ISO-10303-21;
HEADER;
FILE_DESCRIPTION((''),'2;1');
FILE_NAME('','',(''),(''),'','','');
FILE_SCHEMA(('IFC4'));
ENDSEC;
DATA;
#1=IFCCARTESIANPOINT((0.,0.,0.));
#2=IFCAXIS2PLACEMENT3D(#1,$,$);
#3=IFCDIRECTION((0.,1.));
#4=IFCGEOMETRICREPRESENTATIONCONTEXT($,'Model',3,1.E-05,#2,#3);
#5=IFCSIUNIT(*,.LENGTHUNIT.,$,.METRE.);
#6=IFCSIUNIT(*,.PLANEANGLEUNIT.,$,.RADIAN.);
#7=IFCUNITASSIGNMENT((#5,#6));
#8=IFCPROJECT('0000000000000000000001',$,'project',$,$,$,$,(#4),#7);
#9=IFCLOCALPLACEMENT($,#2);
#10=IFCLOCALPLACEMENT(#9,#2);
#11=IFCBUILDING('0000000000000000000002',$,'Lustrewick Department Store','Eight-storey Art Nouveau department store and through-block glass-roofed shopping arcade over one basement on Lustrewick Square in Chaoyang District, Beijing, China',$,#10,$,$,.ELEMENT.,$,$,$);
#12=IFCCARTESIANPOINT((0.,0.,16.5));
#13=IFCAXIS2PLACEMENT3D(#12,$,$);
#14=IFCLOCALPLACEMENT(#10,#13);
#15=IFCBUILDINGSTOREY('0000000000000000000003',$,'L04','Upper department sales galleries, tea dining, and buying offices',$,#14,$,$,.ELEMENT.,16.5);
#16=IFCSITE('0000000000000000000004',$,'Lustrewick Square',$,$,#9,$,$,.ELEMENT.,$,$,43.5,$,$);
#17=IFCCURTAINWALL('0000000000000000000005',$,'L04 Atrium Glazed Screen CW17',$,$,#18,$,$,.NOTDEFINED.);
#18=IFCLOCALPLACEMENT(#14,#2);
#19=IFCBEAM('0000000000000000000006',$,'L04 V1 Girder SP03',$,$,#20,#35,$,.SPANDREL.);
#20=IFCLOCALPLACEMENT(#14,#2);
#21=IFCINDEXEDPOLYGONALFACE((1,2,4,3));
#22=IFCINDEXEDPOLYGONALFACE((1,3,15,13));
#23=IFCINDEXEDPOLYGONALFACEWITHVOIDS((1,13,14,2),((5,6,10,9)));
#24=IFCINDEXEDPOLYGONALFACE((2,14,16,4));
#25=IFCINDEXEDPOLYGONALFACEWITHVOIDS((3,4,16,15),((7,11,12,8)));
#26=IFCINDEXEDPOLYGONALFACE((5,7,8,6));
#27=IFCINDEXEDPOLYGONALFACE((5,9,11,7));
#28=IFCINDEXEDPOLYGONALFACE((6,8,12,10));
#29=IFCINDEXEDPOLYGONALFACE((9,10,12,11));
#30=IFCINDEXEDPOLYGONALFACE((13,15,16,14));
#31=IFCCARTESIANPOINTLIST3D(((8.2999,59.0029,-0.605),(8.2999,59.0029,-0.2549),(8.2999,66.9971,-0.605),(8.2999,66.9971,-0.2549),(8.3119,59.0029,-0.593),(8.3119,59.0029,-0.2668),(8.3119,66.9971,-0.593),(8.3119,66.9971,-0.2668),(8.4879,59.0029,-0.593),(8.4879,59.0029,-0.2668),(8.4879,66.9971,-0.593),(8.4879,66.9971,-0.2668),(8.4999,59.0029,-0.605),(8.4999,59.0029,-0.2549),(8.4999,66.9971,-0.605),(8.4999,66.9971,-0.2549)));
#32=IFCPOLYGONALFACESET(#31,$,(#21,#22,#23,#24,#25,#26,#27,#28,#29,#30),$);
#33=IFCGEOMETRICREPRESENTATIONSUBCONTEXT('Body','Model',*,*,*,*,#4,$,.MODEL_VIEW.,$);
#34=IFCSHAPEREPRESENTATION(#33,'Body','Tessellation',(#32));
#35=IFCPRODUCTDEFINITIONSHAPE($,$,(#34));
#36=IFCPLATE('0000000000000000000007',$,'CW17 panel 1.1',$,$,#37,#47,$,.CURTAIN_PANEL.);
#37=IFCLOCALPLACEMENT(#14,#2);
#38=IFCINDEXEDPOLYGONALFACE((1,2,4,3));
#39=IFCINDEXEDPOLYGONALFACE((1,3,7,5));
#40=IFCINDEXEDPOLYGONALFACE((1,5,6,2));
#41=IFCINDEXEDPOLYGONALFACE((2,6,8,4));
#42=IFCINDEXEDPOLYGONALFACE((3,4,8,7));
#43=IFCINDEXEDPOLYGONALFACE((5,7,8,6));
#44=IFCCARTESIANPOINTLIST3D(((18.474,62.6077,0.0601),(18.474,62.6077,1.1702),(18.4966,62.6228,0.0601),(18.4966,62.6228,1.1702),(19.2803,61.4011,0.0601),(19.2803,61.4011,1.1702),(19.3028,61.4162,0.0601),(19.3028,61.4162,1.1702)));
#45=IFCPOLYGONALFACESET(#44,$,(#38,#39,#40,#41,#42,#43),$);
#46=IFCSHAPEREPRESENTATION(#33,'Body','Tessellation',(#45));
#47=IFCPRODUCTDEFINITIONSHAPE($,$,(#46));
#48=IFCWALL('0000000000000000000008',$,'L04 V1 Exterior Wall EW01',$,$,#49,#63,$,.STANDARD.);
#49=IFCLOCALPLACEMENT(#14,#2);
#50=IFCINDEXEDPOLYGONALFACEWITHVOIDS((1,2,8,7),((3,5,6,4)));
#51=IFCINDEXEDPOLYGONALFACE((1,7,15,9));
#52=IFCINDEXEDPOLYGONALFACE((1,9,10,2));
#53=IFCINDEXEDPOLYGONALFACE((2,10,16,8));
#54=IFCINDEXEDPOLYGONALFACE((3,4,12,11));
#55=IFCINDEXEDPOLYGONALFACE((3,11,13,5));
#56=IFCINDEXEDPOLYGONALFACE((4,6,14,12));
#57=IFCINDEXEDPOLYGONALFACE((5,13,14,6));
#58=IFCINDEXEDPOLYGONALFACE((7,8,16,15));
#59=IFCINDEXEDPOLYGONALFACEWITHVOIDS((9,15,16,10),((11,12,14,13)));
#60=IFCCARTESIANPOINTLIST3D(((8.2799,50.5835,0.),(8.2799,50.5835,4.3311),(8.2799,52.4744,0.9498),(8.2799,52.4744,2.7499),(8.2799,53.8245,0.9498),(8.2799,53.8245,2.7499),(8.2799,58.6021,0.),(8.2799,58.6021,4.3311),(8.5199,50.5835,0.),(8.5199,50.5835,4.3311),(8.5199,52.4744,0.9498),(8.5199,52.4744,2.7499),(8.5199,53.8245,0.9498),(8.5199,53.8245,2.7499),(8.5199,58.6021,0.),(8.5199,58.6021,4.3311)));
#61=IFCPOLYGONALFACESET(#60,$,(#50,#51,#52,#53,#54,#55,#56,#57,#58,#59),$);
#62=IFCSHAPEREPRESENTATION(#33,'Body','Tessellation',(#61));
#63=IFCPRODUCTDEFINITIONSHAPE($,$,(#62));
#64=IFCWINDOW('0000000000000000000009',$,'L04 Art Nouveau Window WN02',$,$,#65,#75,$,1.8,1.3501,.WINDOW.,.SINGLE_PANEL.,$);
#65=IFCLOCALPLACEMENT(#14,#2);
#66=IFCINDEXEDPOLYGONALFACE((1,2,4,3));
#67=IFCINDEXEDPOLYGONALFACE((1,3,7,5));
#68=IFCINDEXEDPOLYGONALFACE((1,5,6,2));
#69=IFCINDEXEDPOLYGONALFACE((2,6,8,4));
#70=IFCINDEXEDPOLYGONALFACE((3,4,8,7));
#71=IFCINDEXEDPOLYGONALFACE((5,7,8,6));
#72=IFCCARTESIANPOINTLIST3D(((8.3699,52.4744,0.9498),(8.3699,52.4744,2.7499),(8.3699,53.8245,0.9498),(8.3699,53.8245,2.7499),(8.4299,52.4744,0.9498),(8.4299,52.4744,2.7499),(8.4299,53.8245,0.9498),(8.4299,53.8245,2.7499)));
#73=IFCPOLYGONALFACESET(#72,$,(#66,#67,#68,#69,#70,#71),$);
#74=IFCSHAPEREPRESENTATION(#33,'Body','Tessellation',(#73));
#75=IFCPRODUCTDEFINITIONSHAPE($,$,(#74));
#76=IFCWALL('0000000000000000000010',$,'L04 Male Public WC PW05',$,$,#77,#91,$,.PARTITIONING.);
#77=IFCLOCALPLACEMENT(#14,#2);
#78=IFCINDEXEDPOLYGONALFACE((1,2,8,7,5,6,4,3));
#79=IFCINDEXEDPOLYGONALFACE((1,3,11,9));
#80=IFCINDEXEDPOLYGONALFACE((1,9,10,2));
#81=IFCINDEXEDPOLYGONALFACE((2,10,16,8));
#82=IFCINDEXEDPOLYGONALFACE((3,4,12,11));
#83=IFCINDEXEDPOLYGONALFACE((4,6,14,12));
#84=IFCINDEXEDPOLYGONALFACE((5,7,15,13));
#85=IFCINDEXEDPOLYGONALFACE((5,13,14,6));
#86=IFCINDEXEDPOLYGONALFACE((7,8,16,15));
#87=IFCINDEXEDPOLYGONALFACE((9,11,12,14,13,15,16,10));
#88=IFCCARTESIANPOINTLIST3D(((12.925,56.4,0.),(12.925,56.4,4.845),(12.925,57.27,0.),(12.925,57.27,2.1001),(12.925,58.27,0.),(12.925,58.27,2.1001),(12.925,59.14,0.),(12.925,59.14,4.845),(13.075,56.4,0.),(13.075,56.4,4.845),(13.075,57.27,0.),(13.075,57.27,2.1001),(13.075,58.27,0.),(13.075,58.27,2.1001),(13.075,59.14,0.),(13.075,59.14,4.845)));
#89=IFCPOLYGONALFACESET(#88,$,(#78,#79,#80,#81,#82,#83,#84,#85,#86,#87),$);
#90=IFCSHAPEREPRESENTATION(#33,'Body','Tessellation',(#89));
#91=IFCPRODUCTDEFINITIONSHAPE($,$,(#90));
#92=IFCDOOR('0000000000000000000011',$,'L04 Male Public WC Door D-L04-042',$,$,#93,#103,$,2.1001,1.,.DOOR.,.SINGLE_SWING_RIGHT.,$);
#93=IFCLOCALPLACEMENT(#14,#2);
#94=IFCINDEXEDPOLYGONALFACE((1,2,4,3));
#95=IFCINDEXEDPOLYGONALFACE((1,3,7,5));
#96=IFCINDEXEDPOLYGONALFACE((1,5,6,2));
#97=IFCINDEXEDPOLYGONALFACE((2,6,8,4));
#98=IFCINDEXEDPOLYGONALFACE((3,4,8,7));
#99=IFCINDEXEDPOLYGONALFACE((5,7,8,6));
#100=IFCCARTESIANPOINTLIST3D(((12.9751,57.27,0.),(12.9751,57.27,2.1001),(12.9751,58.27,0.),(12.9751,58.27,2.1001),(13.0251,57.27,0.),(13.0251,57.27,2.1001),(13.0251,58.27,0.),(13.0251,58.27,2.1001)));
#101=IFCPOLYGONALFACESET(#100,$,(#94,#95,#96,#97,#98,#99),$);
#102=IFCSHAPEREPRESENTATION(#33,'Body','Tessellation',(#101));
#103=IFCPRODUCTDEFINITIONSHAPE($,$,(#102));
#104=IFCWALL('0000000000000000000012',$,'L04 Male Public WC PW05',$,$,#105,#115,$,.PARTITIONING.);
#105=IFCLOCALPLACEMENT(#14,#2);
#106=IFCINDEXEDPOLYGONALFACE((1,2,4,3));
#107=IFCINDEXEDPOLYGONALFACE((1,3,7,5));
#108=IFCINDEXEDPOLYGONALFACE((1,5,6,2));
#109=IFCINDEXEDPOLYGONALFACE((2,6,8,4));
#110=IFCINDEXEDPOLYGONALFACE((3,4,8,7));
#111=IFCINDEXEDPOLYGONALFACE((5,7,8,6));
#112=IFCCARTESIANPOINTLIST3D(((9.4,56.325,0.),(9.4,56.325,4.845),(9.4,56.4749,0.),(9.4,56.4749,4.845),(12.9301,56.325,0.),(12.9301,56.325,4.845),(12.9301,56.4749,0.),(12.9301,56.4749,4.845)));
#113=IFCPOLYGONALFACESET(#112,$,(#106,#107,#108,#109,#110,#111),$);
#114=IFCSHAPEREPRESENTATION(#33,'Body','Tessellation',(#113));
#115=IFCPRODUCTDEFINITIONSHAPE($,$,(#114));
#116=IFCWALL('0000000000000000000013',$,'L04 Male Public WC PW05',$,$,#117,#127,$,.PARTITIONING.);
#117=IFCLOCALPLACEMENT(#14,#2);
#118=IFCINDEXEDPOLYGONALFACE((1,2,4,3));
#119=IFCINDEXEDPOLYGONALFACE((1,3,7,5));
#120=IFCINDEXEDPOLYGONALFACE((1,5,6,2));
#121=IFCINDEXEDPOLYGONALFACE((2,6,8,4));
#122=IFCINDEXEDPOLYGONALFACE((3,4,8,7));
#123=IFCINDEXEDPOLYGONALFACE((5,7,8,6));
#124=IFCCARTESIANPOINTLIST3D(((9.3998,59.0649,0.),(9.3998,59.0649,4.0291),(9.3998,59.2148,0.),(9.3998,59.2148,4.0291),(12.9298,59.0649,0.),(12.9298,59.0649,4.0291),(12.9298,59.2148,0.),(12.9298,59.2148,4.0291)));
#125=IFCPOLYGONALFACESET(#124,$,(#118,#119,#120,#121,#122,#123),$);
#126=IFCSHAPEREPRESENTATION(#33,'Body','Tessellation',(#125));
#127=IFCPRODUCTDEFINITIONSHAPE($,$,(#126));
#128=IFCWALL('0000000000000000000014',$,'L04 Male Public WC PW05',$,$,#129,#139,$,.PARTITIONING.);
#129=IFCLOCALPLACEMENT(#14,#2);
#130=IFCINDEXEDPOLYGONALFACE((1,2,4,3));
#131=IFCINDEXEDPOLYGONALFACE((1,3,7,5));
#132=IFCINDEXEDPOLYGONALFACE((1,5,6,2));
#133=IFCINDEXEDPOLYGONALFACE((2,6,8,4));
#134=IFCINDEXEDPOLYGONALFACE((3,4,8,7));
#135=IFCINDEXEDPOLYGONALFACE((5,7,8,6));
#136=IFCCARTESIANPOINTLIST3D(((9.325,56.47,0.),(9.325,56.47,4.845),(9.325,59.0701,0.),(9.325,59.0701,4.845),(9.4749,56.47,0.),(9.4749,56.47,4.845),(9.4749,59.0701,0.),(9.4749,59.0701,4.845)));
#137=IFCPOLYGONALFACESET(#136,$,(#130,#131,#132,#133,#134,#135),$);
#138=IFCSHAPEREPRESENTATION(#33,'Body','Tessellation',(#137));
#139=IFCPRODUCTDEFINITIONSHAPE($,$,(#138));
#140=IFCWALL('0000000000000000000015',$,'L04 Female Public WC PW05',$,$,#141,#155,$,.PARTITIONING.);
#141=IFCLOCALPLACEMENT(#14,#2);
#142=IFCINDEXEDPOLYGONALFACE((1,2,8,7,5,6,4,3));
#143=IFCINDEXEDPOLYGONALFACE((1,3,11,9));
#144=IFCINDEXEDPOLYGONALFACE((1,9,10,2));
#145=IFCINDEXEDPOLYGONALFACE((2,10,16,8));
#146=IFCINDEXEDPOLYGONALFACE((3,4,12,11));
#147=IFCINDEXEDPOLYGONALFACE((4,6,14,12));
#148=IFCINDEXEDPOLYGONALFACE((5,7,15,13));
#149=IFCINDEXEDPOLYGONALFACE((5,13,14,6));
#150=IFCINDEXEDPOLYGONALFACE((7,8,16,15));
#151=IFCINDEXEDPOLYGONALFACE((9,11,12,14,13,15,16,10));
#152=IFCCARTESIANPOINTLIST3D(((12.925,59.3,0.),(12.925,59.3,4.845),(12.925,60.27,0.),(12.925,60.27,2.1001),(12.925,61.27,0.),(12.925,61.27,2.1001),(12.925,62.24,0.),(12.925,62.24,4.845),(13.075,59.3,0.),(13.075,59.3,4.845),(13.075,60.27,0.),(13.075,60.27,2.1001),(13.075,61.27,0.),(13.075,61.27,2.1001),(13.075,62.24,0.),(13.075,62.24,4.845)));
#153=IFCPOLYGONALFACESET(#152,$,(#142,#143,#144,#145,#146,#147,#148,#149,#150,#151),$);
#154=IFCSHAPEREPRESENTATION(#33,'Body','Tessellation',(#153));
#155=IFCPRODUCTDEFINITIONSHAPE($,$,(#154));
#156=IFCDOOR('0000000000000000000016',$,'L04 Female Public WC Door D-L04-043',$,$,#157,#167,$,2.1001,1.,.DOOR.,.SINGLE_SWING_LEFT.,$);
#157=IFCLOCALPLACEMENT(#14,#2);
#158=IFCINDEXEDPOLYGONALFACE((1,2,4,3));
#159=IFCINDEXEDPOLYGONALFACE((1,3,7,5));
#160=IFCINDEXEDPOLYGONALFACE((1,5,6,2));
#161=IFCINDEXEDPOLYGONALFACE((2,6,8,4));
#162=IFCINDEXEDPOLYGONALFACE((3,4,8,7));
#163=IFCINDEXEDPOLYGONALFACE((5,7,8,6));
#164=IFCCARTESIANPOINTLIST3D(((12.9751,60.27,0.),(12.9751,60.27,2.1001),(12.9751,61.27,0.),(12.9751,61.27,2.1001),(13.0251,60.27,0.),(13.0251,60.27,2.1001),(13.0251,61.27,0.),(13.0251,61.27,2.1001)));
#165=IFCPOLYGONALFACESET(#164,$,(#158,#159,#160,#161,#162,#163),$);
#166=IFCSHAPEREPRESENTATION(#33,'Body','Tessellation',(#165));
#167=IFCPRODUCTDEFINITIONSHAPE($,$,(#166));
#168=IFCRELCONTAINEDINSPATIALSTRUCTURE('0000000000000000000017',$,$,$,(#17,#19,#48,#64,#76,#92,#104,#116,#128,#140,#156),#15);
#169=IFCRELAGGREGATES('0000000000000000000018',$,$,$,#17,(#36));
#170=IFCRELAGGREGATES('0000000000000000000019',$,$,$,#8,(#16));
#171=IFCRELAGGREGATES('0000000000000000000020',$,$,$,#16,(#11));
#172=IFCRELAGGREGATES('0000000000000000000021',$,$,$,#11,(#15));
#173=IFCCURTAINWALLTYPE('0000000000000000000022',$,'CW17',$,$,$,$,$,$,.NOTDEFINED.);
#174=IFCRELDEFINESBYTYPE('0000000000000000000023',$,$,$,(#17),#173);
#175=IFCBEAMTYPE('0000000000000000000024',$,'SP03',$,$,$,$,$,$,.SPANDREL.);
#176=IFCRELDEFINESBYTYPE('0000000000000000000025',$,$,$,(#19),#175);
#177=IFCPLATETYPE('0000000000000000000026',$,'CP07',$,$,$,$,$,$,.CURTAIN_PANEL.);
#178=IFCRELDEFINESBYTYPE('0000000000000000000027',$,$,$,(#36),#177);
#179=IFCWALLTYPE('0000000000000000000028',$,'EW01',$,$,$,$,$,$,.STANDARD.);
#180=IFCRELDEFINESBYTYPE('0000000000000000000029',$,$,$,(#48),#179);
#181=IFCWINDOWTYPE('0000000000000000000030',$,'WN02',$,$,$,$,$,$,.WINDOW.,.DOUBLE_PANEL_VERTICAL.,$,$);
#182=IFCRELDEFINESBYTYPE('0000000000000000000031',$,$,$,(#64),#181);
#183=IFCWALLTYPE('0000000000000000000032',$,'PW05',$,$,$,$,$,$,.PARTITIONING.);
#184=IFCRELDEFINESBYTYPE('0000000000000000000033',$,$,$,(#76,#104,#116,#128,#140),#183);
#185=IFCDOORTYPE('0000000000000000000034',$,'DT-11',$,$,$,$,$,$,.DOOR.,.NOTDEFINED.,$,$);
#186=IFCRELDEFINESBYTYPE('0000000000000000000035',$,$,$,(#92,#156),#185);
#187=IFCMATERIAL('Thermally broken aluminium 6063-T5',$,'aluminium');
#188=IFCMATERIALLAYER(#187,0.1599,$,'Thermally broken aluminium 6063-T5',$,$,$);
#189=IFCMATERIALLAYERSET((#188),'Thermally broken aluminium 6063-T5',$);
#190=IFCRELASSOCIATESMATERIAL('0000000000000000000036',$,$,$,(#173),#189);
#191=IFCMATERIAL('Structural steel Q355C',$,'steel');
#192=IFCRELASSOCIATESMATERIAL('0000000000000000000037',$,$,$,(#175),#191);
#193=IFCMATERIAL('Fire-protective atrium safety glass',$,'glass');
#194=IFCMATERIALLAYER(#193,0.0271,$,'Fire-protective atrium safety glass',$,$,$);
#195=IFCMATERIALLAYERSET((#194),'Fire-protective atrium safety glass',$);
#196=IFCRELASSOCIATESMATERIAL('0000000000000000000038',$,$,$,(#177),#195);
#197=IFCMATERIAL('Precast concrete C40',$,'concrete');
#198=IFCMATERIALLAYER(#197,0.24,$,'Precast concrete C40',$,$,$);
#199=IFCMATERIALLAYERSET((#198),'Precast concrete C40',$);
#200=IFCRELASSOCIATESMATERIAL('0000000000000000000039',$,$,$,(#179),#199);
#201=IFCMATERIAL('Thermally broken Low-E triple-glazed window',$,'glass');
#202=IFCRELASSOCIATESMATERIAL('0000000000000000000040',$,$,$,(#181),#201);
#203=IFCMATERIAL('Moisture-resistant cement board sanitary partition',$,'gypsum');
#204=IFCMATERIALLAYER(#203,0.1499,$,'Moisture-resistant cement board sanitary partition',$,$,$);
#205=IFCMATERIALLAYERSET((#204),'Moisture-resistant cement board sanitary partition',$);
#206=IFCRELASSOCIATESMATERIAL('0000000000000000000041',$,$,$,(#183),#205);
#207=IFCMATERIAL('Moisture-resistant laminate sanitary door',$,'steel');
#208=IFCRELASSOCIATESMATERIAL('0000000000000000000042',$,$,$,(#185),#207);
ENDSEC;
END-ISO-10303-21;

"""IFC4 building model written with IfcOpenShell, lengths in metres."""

from ifc_helpers import new_model, si_unit, direction, frame, frame_2d, origin, origin_2d, place, context, subcontext, project, spatial, rectangle, hollow_rectangle, extrude, material, layer, layer_set, material_profile, profile_set, type_object, element, fill, aggregate, save


model = new_model("IFC4")

# Units and contexts
model_context = context("Model", 3, precision=1e-05, world=origin(), true_north=direction((0.0, 1.0)))
body_context = subcontext(model_context, "Body", "Model", "MODEL_VIEW")
ifc_project = project(units=[si_unit("LENGTHUNIT", "METRE"), si_unit("PLANEANGLEUNIT", "RADIAN")], contexts=[model_context])

# Site, building, storey
site_placement = place(None, origin())
site = spatial("IfcSite", under=ifc_project, at=site_placement, Name="Lustrewick Square", CompositionType="ELEMENT", RefElevation=43.5)
building_placement = place(site_placement, origin())
building = spatial("IfcBuilding", under=site, at=building_placement, Name="Lustrewick Department Store", Description="Eight-storey Art Nouveau department store and through-block glass-roofed shopping arcade over one basement on Lustrewick Square in Chaoyang District, Beijing, China", CompositionType="ELEMENT")
storey_placement = place(building_placement, frame((0.0, 0.0, 16.5)))
storey = spatial("IfcBuildingStorey", under=building, at=storey_placement, Name="L04", Description="Upper department sales galleries, tea dining, and buying offices", CompositionType="ELEMENT", Elevation=16.5)

# Shared definitions
ifc_material_1 = material(Name="Structural steel Q355C", Category="steel")

# Shared definitions
ifc_material_2 = material(Name="Thermally broken aluminium 6063-T5", Category="aluminium")

# Curtain wall
ifc_layer_1 = layer(ifc_material_2, 0.1599, Name="Thermally broken aluminium 6063-T5")
ifc_layer_set_1 = layer_set([ifc_layer_1], Name="Thermally broken aluminium 6063-T5")
curtain_wall_type_1 = type_object("IfcCurtainWallType", Name="CW17", PredefinedType="NOTDEFINED", material=ifc_layer_set_1)
curtain_wall_1_placement = place(storey_placement, origin())
curtain_wall_1 = element("IfcCurtainWall", 1, at=curtain_wall_1_placement, inside=storey, type_object=curtain_wall_type_1, Name="L04 Atrium Glazed Screen CW17", PredefinedType="NOTDEFINED")

# Beam
ifc_material_profile_1 = material_profile(ifc_material_1, hollow_rectangle(XDim=0.2, YDim=0.3501, WallThickness=0.012, at=origin_2d()), Name="RHS 350x200x12")
ifc_profile_set_1 = profile_set([ifc_material_profile_1], Name="Structural steel Q355C")
beam_type_1 = type_object("IfcBeamType", Name="SP03", PredefinedType="SPANDREL", material=ifc_profile_set_1)
beam_1_placement = place(storey_placement, frame((8.3999, 59.0029, -0.4299), z_axis=(0.0, 1.0, 0.0), x_axis=(-1.0, 0.0, 0.0)))
element("IfcBeam", 2, at=beam_1_placement, inside=storey, type_object=beam_type_1, Name="L04 V1 Girder SP03", PredefinedType="SPANDREL", context=body_context, shape_type="SweptSolid", body=[
    extrude(hollow_rectangle(XDim=0.2, YDim=0.3501, WallThickness=0.012, at=origin_2d()), origin(), (0.0, 0.0, 1.0), 7.9941),
])

# Plate
ifc_material_3 = material(Name="Fire-protective atrium safety glass", Category="glass")
ifc_layer_2 = layer(ifc_material_3, 0.0271, Name="Fire-protective atrium safety glass")
ifc_layer_set_2 = layer_set([ifc_layer_2], Name="Fire-protective atrium safety glass")
plate_type = type_object("IfcPlateType", Name="CP07", PredefinedType="CURTAIN_PANEL", material=ifc_layer_set_2)
plate_placement = place(storey_placement, frame((18.8884, 62.012, 0.0601), z_axis=(0.0, 0.0, 1.0), x_axis=(0.555578, -0.831464, 0.0)))
plate = element("IfcPlate", 3, at=plate_placement, type_object=plate_type, Name="CW17 panel 1.1", PredefinedType="CURTAIN_PANEL", context=body_context, shape_type="SweptSolid", body=[
    extrude(rectangle(XDim=1.4512, YDim=0.0271, at=origin_2d()), origin(), (0.0, 0.0, 1.0), 1.1101),
])
aggregate(curtain_wall_1, [plate])

# Wall, opening, window
ifc_material_4 = material(Name="Precast concrete C40", Category="concrete")
ifc_layer_3 = layer(ifc_material_4, 0.24, Name="Precast concrete C40")
ifc_layer_set_3 = layer_set([ifc_layer_3], Name="Precast concrete C40")
wall_type_1 = type_object("IfcWallType", Name="EW01", PredefinedType="STANDARD", material=ifc_layer_set_3)
wall_1_placement = place(storey_placement, frame((8.3999, 58.6021, 0.0), z_axis=(0.0, 0.0, 1.0), x_axis=(0.0, -1.0, 0.0)))
wall_1 = element("IfcWall", 4, at=wall_1_placement, inside=storey, type_object=wall_type_1, Name="L04 V1 Exterior Wall EW01", PredefinedType="STANDARD", context=body_context, shape_type="SweptSolid", body=[
    extrude(rectangle(XDim=8.0186, YDim=0.24, at=frame_2d((4.0093, 0.0))), origin(), (0.0, 0.0, 1.0), 4.3311),
])
opening_1_placement = place(wall_1_placement, frame((4.7776, 0.0, 0.95)))
opening_1 = element("IfcOpeningElement", 5, at=opening_1_placement, cuts=wall_1, PredefinedType="OPENING", context=body_context, shape_type="SweptSolid", body=[
    extrude(rectangle(XDim=1.3501, YDim=1.8, at=frame_2d((0.675, 0.8999))), frame((0.0, 0.1299, 0.0), z_axis=(0.0, -1.0, 0.0), x_axis=(1.0, 0.0, 0.0)), (0.0, 0.0, 1.0), 0.26),
])
ifc_material_5 = material(Name="Thermally broken Low-E triple-glazed window", Category="glass")
window_type = type_object("IfcWindowType", Name="WN02", PartitioningType="DOUBLE_PANEL_VERTICAL", PredefinedType="WINDOW", material=ifc_material_5)
window_placement = place(opening_1_placement, origin())
window = element("IfcWindow", 6, at=window_placement, inside=storey, type_object=window_type, Name="L04 Art Nouveau Window WN02", OverallHeight=1.8, OverallWidth=1.3501, PartitioningType="SINGLE_PANEL", PredefinedType="WINDOW", context=body_context, shape_type="SweptSolid", body=[
    extrude(rectangle(XDim=1.3501, YDim=1.8, at=frame_2d((0.675, 0.8999))), frame((0.0, 0.03, 0.0), z_axis=(0.0, -1.0, 0.0), x_axis=(1.0, 0.0, 0.0)), (0.0, 0.0, 1.0), 0.0601),
])
fill(opening_1, window)

# Wall, opening, door
ifc_material_6 = material(Name="Moisture-resistant cement board sanitary partition", Category="gypsum")
ifc_layer_4 = layer(ifc_material_6, 0.1499, Name="Moisture-resistant cement board sanitary partition")
ifc_layer_set_4 = layer_set([ifc_layer_4], Name="Moisture-resistant cement board sanitary partition")
wall_type_2 = type_object("IfcWallType", Name="PW05", PredefinedType="PARTITIONING", material=ifc_layer_set_4)
wall_2_placement = place(storey_placement, frame((13.0, 56.3999, 0.0), z_axis=(0.0, 0.0, 1.0), x_axis=(0.0, 1.0, 0.0)))
wall_2 = element("IfcWall", 7, at=wall_2_placement, inside=storey, type_object=wall_type_2, Name="L04 Male Public WC PW05", PredefinedType="PARTITIONING", context=body_context, shape_type="SweptSolid", body=[
    extrude(rectangle(XDim=2.74, YDim=0.1499, at=frame_2d((1.3701, 0.0))), origin(), (0.0, 0.0, 1.0), 4.845),
])
opening_2_placement = place(wall_2_placement, frame((0.8701, 0.0, 0.0)))
opening_2 = element("IfcOpeningElement", 8, at=opening_2_placement, cuts=wall_2, PredefinedType="OPENING", context=body_context, shape_type="SweptSolid", body=[
    extrude(rectangle(XDim=1.0, YDim=2.1001, at=frame_2d((0.5, 1.05))), frame((0.0, 0.085, 0.0), z_axis=(0.0, -1.0, 0.0), x_axis=(1.0, 0.0, 0.0)), (0.0, 0.0, 1.0), 0.1699),
])
ifc_material_7 = material(Name="Moisture-resistant laminate sanitary door", Category="steel")
door_type_1 = type_object("IfcDoorType", Name="DT-11", OperationType="NOTDEFINED", PredefinedType="DOOR", material=ifc_material_7)
door_1_placement = place(opening_2_placement, origin())
door_1 = element("IfcDoor", 9, at=door_1_placement, inside=storey, type_object=door_type_1, Name="L04 Male Public WC Door D-L04-042", OperationType="SINGLE_SWING_RIGHT", OverallHeight=2.1001, OverallWidth=1.0, PredefinedType="DOOR", context=body_context, shape_type="SweptSolid", body=[
    extrude(rectangle(XDim=1.0, YDim=2.1001, at=frame_2d((0.5, 1.05))), frame((0.0, 0.0249, 0.0), z_axis=(0.0, -1.0, 0.0), x_axis=(1.0, 0.0, 0.0)), (0.0, 0.0, 1.0), 0.05),
])
fill(opening_2, door_1)

# Walls
wall_3_placement = place(storey_placement, frame((9.3999, 56.3999, 0.0), z_axis=(0.0, 0.0, 1.0), x_axis=(1.0, 0.0, 0.0)))
element("IfcWall", 10, at=wall_3_placement, inside=storey, type_object=wall_type_2, Name="L04 Male Public WC PW05", PredefinedType="PARTITIONING", context=body_context, shape_type="SweptSolid", body=[
    extrude(rectangle(XDim=3.53, YDim=0.1499, at=frame_2d((1.7651, 0.0))), origin(), (0.0, 0.0, 1.0), 4.845),
])
wall_4_placement = place(storey_placement, frame((12.9299, 59.1399, 0.0), z_axis=(0.0, 0.0, 1.0), x_axis=(-1.0, 0.0, 0.0)))
element("IfcWall", 11, at=wall_4_placement, inside=storey, type_object=wall_type_2, Name="L04 Male Public WC PW05", PredefinedType="PARTITIONING", context=body_context, shape_type="SweptSolid", body=[
    extrude(rectangle(XDim=3.53, YDim=0.1499, at=frame_2d((1.7651, 0.0))), origin(), (0.0, 0.0, 1.0), 4.0291),
])
wall_5_placement = place(storey_placement, frame((9.3999, 59.0701, 0.0), z_axis=(0.0, 0.0, 1.0), x_axis=(0.0, -1.0, 0.0)))
element("IfcWall", 12, at=wall_5_placement, inside=storey, type_object=wall_type_2, Name="L04 Male Public WC PW05", PredefinedType="PARTITIONING", context=body_context, shape_type="SweptSolid", body=[
    extrude(rectangle(XDim=2.6001, YDim=0.1499, at=frame_2d((1.3, 0.0))), origin(), (0.0, 0.0, 1.0), 4.845),
])

# Wall, opening, door
wall_6_placement = place(storey_placement, frame((13.0, 59.3, 0.0), z_axis=(0.0, 0.0, 1.0), x_axis=(0.0, 1.0, 0.0)))
wall_6 = element("IfcWall", 13, at=wall_6_placement, inside=storey, type_object=wall_type_2, Name="L04 Female Public WC PW05", PredefinedType="PARTITIONING", context=body_context, shape_type="SweptSolid", body=[
    extrude(rectangle(XDim=2.9399, YDim=0.1499, at=frame_2d((1.47, 0.0))), origin(), (0.0, 0.0, 1.0), 4.845),
])
opening_3_placement = place(wall_6_placement, frame((0.97, 0.0, 0.0)))
opening_3 = element("IfcOpeningElement", 14, at=opening_3_placement, cuts=wall_6, PredefinedType="OPENING", context=body_context, shape_type="SweptSolid", body=[
    extrude(rectangle(XDim=1.0, YDim=2.1001, at=frame_2d((0.5, 1.05))), frame((0.0, 0.085, 0.0), z_axis=(0.0, -1.0, 0.0), x_axis=(1.0, 0.0, 0.0)), (0.0, 0.0, 1.0), 0.1699),
])
door_2_placement = place(opening_3_placement, origin())
door_2 = element("IfcDoor", 15, at=door_2_placement, inside=storey, type_object=door_type_1, Name="L04 Female Public WC Door D-L04-043", OperationType="SINGLE_SWING_LEFT", OverallHeight=2.1001, OverallWidth=1.0, PredefinedType="DOOR", context=body_context, shape_type="SweptSolid", body=[
    extrude(rectangle(XDim=1.0, YDim=2.1001, at=frame_2d((0.5, 1.05))), frame((0.0, 0.0249, 0.0), z_axis=(0.0, -1.0, 0.0), x_axis=(1.0, 0.0, 0.0)), (0.0, 0.0, 1.0), 0.05),
])
fill(opening_3, door_2)

save(model, "model.ifc")
